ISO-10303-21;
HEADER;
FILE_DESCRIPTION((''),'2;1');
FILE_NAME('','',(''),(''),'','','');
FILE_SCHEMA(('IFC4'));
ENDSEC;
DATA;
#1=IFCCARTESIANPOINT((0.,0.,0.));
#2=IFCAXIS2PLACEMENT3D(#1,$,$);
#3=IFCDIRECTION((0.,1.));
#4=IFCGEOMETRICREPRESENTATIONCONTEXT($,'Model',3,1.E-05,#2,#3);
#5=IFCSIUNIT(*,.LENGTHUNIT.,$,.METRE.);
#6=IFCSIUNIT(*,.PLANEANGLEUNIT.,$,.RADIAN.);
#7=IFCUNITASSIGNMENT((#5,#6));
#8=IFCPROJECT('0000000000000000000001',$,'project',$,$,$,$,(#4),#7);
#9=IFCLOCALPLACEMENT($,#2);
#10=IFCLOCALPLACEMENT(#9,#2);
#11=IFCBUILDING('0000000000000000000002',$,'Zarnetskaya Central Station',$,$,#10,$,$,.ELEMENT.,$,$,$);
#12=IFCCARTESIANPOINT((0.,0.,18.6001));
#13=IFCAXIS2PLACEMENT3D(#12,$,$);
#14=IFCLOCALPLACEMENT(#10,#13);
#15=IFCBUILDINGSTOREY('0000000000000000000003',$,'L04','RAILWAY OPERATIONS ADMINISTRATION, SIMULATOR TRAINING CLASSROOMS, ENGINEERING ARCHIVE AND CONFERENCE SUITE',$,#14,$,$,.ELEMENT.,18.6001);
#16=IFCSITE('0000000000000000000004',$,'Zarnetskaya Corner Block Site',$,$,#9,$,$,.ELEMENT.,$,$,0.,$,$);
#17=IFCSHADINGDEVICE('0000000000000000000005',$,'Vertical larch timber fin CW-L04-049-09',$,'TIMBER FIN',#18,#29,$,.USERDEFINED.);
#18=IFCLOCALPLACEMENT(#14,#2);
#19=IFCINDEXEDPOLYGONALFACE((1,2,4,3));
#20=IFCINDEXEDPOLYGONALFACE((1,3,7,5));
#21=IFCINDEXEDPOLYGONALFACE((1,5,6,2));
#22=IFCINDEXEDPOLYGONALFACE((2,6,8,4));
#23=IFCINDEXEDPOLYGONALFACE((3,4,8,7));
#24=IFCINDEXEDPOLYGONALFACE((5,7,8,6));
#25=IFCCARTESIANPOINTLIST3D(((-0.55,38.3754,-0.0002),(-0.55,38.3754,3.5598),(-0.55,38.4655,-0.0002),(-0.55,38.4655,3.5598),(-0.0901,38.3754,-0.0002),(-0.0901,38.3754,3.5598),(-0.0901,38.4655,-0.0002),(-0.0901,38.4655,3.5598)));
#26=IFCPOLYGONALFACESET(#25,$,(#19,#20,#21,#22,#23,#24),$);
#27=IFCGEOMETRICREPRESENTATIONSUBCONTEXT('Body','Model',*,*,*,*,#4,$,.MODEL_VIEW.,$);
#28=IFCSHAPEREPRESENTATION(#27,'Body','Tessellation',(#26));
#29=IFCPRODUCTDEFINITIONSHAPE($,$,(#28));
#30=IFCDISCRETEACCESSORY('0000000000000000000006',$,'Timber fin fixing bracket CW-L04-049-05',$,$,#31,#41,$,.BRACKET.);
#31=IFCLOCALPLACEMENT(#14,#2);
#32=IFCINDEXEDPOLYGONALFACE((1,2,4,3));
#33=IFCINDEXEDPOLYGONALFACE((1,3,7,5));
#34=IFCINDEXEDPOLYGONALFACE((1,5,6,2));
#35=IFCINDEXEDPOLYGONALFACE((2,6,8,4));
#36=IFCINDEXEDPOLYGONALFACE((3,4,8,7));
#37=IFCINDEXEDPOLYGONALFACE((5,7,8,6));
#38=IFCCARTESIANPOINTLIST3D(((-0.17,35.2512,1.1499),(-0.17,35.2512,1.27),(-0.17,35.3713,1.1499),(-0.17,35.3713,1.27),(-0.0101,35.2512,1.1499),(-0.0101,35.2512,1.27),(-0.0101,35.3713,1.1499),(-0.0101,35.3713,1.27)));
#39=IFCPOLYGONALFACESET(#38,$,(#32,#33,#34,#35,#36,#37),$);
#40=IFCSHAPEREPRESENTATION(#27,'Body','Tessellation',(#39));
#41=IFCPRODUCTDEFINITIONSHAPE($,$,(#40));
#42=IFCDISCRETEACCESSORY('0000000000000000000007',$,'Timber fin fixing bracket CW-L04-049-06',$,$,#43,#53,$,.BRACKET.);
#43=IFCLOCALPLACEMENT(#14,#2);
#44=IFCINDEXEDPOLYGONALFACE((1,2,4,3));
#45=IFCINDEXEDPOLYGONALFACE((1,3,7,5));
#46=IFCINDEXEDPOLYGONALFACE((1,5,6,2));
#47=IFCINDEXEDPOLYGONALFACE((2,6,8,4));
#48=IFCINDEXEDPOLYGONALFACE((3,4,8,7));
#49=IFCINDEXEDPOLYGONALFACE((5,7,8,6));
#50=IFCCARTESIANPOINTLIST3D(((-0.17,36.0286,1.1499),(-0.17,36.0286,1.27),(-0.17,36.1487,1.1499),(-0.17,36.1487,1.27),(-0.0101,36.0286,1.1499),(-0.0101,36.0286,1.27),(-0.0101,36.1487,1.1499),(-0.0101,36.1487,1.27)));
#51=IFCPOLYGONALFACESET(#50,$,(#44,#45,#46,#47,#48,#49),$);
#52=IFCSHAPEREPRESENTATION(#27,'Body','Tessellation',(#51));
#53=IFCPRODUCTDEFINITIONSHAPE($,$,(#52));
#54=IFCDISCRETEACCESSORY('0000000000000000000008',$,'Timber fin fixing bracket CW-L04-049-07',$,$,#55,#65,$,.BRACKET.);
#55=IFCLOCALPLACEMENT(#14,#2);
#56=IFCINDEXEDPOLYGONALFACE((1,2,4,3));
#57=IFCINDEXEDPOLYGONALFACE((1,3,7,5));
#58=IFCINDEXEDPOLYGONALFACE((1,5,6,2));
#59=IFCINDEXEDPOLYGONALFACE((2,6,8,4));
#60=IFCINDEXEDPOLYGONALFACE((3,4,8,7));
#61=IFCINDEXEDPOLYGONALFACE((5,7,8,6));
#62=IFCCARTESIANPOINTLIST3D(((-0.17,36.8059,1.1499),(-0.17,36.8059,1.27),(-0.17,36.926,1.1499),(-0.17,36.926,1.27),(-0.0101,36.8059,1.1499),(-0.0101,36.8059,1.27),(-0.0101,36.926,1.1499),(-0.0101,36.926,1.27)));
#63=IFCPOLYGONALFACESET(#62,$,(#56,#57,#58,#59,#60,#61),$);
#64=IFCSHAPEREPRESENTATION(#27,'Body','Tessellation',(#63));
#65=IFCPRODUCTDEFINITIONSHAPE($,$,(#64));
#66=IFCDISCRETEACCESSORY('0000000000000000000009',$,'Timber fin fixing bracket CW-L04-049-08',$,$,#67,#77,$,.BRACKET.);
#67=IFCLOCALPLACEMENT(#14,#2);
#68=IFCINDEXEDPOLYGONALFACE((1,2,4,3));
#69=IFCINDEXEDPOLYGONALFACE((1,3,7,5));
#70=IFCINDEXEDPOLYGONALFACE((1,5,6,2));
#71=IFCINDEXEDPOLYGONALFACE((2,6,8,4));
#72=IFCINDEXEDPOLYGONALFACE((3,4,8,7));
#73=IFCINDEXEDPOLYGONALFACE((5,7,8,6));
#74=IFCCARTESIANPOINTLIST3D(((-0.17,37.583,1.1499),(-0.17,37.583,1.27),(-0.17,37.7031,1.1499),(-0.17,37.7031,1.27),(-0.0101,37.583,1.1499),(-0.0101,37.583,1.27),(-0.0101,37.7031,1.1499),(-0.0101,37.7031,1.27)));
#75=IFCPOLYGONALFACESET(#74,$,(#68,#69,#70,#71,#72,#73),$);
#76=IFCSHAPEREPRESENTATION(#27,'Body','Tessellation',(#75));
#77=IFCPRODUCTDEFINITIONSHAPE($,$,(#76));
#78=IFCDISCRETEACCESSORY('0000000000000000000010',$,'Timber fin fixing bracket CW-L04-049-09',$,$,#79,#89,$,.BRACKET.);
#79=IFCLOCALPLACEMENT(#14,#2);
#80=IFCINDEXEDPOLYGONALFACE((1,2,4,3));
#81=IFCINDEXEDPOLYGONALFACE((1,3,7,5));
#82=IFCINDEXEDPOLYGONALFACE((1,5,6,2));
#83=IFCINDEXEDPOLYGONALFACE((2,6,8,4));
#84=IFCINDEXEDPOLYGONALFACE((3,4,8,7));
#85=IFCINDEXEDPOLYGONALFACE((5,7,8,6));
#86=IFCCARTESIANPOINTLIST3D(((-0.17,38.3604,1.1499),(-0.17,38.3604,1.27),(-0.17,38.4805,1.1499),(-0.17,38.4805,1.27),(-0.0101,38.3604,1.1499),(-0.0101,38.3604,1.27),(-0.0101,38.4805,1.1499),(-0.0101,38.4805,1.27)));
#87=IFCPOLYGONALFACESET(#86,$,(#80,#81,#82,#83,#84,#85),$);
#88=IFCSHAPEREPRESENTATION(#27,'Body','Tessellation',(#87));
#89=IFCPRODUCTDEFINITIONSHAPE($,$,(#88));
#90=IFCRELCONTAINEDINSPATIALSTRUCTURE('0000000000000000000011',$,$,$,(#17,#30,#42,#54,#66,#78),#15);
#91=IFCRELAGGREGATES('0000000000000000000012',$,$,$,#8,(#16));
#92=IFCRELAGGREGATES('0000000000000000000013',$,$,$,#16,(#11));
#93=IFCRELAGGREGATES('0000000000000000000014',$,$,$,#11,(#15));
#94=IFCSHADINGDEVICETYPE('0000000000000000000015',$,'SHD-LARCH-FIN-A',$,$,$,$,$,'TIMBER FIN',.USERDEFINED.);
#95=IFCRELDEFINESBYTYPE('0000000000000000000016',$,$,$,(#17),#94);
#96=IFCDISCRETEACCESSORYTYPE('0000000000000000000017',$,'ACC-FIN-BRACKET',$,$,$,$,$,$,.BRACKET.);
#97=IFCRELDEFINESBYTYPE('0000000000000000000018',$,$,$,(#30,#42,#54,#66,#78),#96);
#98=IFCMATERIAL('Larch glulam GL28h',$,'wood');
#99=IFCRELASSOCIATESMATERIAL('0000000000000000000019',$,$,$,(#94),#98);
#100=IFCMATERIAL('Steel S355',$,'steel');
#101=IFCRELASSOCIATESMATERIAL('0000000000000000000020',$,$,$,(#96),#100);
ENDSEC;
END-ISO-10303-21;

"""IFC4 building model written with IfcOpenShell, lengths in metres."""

from ifc_helpers import new_model, si_unit, direction, frame, origin, origin_2d, place, context, subcontext, project, spatial, rectangle, extrude, material, type_object, element, save


model = new_model("IFC4")

# Units and contexts
model_context = context("Model", 3, precision=1e-05, world=origin(), true_north=direction((0.0, 1.0)))
body_context = subcontext(model_context, "Body", "Model", "MODEL_VIEW")
ifc_project = project(units=[si_unit("LENGTHUNIT", "METRE"), si_unit("PLANEANGLEUNIT", "RADIAN")], contexts=[model_context])

# Site, building, storey
site_placement = place(None, origin())
site = spatial("IfcSite", under=ifc_project, at=site_placement, Name="Zarnetskaya Corner Block Site", CompositionType="ELEMENT", RefElevation=0.0)
building_placement = place(site_placement, origin())
building = spatial("IfcBuilding", under=site, at=building_placement, Name="Zarnetskaya Central Station", CompositionType="ELEMENT")
storey_placement = place(building_placement, frame((0.0, 0.0, 18.6001)))
storey = spatial("IfcBuildingStorey", under=building, at=storey_placement, Name="L04", Description="RAILWAY OPERATIONS ADMINISTRATION, SIMULATOR TRAINING CLASSROOMS, ENGINEERING ARCHIVE AND CONFERENCE SUITE", CompositionType="ELEMENT", Elevation=18.6001)

# Shared definitions
ifc_material_1 = material(Name="Steel S355", Category="steel")

# Shading device
ifc_material_2 = material(Name="Larch glulam GL28h", Category="wood")
shading_device_type = type_object("IfcShadingDeviceType", Name="SHD-LARCH-FIN-A", ElementType="TIMBER FIN", PredefinedType="USERDEFINED", material=ifc_material_2)
for number, where, z_axis, x_axis, name in (
    (1, (-0.3201, 38.4204, -0.0002), (0.0, 0.0, 1.0), (0.0, 1.0, 0.0), "Vertical larch timber fin CW-L04-049-09"),
):
    element("IfcShadingDevice", number, at=place(storey_placement, frame(where, z_axis=z_axis, x_axis=x_axis)), inside=storey, type_object=shading_device_type, Name=name, ObjectType="TIMBER FIN", PredefinedType="USERDEFINED", context=body_context, shape_type="SweptSolid", body=[
        extrude(rectangle(XDim=0.0901, YDim=0.46, at=origin_2d()), origin(), (0.0, 0.0, 1.0), 3.5601),
    ])

# Discrete accessories
discrete_accessory_type = type_object("IfcDiscreteAccessoryType", Name="ACC-FIN-BRACKET", PredefinedType="BRACKET", material=ifc_material_1)
for number, where, z_axis, x_axis, name in (
    (2, (-0.0901, 35.3113, 1.1499), (0.0, 0.0, 1.0), (0.0, 1.0, 0.0), "Timber fin fixing bracket CW-L04-049-05"),
    (3, (-0.0901, 36.0886, 1.1499), (0.0, 0.0, 1.0), (0.0, 1.0, 0.0), "Timber fin fixing bracket CW-L04-049-06"),
    (4, (-0.0901, 36.866, 1.1499), (0.0, 0.0, 1.0), (0.0, 1.0, 0.0), "Timber fin fixing bracket CW-L04-049-07"),
    (5, (-0.0901, 37.6431, 1.1499), (0.0, 0.0, 1.0), (0.0, 1.0, 0.0), "Timber fin fixing bracket CW-L04-049-08"),
    (6, (-0.0901, 38.4204, 1.1499), (0.0, 0.0, 1.0), (0.0, 1.0, 0.0), "Timber fin fixing bracket CW-L04-049-09"),
):
    element("IfcDiscreteAccessory", number, at=place(storey_placement, frame(where, z_axis=z_axis, x_axis=x_axis)), inside=storey, type_object=discrete_accessory_type, Name=name, PredefinedType="BRACKET", context=body_context, shape_type="SweptSolid", body=[
        extrude(rectangle(XDim=0.1201, YDim=0.1599, at=origin_2d()), origin(), (0.0, 0.0, 1.0), 0.1201),
    ])

save(model, "model.ifc")
